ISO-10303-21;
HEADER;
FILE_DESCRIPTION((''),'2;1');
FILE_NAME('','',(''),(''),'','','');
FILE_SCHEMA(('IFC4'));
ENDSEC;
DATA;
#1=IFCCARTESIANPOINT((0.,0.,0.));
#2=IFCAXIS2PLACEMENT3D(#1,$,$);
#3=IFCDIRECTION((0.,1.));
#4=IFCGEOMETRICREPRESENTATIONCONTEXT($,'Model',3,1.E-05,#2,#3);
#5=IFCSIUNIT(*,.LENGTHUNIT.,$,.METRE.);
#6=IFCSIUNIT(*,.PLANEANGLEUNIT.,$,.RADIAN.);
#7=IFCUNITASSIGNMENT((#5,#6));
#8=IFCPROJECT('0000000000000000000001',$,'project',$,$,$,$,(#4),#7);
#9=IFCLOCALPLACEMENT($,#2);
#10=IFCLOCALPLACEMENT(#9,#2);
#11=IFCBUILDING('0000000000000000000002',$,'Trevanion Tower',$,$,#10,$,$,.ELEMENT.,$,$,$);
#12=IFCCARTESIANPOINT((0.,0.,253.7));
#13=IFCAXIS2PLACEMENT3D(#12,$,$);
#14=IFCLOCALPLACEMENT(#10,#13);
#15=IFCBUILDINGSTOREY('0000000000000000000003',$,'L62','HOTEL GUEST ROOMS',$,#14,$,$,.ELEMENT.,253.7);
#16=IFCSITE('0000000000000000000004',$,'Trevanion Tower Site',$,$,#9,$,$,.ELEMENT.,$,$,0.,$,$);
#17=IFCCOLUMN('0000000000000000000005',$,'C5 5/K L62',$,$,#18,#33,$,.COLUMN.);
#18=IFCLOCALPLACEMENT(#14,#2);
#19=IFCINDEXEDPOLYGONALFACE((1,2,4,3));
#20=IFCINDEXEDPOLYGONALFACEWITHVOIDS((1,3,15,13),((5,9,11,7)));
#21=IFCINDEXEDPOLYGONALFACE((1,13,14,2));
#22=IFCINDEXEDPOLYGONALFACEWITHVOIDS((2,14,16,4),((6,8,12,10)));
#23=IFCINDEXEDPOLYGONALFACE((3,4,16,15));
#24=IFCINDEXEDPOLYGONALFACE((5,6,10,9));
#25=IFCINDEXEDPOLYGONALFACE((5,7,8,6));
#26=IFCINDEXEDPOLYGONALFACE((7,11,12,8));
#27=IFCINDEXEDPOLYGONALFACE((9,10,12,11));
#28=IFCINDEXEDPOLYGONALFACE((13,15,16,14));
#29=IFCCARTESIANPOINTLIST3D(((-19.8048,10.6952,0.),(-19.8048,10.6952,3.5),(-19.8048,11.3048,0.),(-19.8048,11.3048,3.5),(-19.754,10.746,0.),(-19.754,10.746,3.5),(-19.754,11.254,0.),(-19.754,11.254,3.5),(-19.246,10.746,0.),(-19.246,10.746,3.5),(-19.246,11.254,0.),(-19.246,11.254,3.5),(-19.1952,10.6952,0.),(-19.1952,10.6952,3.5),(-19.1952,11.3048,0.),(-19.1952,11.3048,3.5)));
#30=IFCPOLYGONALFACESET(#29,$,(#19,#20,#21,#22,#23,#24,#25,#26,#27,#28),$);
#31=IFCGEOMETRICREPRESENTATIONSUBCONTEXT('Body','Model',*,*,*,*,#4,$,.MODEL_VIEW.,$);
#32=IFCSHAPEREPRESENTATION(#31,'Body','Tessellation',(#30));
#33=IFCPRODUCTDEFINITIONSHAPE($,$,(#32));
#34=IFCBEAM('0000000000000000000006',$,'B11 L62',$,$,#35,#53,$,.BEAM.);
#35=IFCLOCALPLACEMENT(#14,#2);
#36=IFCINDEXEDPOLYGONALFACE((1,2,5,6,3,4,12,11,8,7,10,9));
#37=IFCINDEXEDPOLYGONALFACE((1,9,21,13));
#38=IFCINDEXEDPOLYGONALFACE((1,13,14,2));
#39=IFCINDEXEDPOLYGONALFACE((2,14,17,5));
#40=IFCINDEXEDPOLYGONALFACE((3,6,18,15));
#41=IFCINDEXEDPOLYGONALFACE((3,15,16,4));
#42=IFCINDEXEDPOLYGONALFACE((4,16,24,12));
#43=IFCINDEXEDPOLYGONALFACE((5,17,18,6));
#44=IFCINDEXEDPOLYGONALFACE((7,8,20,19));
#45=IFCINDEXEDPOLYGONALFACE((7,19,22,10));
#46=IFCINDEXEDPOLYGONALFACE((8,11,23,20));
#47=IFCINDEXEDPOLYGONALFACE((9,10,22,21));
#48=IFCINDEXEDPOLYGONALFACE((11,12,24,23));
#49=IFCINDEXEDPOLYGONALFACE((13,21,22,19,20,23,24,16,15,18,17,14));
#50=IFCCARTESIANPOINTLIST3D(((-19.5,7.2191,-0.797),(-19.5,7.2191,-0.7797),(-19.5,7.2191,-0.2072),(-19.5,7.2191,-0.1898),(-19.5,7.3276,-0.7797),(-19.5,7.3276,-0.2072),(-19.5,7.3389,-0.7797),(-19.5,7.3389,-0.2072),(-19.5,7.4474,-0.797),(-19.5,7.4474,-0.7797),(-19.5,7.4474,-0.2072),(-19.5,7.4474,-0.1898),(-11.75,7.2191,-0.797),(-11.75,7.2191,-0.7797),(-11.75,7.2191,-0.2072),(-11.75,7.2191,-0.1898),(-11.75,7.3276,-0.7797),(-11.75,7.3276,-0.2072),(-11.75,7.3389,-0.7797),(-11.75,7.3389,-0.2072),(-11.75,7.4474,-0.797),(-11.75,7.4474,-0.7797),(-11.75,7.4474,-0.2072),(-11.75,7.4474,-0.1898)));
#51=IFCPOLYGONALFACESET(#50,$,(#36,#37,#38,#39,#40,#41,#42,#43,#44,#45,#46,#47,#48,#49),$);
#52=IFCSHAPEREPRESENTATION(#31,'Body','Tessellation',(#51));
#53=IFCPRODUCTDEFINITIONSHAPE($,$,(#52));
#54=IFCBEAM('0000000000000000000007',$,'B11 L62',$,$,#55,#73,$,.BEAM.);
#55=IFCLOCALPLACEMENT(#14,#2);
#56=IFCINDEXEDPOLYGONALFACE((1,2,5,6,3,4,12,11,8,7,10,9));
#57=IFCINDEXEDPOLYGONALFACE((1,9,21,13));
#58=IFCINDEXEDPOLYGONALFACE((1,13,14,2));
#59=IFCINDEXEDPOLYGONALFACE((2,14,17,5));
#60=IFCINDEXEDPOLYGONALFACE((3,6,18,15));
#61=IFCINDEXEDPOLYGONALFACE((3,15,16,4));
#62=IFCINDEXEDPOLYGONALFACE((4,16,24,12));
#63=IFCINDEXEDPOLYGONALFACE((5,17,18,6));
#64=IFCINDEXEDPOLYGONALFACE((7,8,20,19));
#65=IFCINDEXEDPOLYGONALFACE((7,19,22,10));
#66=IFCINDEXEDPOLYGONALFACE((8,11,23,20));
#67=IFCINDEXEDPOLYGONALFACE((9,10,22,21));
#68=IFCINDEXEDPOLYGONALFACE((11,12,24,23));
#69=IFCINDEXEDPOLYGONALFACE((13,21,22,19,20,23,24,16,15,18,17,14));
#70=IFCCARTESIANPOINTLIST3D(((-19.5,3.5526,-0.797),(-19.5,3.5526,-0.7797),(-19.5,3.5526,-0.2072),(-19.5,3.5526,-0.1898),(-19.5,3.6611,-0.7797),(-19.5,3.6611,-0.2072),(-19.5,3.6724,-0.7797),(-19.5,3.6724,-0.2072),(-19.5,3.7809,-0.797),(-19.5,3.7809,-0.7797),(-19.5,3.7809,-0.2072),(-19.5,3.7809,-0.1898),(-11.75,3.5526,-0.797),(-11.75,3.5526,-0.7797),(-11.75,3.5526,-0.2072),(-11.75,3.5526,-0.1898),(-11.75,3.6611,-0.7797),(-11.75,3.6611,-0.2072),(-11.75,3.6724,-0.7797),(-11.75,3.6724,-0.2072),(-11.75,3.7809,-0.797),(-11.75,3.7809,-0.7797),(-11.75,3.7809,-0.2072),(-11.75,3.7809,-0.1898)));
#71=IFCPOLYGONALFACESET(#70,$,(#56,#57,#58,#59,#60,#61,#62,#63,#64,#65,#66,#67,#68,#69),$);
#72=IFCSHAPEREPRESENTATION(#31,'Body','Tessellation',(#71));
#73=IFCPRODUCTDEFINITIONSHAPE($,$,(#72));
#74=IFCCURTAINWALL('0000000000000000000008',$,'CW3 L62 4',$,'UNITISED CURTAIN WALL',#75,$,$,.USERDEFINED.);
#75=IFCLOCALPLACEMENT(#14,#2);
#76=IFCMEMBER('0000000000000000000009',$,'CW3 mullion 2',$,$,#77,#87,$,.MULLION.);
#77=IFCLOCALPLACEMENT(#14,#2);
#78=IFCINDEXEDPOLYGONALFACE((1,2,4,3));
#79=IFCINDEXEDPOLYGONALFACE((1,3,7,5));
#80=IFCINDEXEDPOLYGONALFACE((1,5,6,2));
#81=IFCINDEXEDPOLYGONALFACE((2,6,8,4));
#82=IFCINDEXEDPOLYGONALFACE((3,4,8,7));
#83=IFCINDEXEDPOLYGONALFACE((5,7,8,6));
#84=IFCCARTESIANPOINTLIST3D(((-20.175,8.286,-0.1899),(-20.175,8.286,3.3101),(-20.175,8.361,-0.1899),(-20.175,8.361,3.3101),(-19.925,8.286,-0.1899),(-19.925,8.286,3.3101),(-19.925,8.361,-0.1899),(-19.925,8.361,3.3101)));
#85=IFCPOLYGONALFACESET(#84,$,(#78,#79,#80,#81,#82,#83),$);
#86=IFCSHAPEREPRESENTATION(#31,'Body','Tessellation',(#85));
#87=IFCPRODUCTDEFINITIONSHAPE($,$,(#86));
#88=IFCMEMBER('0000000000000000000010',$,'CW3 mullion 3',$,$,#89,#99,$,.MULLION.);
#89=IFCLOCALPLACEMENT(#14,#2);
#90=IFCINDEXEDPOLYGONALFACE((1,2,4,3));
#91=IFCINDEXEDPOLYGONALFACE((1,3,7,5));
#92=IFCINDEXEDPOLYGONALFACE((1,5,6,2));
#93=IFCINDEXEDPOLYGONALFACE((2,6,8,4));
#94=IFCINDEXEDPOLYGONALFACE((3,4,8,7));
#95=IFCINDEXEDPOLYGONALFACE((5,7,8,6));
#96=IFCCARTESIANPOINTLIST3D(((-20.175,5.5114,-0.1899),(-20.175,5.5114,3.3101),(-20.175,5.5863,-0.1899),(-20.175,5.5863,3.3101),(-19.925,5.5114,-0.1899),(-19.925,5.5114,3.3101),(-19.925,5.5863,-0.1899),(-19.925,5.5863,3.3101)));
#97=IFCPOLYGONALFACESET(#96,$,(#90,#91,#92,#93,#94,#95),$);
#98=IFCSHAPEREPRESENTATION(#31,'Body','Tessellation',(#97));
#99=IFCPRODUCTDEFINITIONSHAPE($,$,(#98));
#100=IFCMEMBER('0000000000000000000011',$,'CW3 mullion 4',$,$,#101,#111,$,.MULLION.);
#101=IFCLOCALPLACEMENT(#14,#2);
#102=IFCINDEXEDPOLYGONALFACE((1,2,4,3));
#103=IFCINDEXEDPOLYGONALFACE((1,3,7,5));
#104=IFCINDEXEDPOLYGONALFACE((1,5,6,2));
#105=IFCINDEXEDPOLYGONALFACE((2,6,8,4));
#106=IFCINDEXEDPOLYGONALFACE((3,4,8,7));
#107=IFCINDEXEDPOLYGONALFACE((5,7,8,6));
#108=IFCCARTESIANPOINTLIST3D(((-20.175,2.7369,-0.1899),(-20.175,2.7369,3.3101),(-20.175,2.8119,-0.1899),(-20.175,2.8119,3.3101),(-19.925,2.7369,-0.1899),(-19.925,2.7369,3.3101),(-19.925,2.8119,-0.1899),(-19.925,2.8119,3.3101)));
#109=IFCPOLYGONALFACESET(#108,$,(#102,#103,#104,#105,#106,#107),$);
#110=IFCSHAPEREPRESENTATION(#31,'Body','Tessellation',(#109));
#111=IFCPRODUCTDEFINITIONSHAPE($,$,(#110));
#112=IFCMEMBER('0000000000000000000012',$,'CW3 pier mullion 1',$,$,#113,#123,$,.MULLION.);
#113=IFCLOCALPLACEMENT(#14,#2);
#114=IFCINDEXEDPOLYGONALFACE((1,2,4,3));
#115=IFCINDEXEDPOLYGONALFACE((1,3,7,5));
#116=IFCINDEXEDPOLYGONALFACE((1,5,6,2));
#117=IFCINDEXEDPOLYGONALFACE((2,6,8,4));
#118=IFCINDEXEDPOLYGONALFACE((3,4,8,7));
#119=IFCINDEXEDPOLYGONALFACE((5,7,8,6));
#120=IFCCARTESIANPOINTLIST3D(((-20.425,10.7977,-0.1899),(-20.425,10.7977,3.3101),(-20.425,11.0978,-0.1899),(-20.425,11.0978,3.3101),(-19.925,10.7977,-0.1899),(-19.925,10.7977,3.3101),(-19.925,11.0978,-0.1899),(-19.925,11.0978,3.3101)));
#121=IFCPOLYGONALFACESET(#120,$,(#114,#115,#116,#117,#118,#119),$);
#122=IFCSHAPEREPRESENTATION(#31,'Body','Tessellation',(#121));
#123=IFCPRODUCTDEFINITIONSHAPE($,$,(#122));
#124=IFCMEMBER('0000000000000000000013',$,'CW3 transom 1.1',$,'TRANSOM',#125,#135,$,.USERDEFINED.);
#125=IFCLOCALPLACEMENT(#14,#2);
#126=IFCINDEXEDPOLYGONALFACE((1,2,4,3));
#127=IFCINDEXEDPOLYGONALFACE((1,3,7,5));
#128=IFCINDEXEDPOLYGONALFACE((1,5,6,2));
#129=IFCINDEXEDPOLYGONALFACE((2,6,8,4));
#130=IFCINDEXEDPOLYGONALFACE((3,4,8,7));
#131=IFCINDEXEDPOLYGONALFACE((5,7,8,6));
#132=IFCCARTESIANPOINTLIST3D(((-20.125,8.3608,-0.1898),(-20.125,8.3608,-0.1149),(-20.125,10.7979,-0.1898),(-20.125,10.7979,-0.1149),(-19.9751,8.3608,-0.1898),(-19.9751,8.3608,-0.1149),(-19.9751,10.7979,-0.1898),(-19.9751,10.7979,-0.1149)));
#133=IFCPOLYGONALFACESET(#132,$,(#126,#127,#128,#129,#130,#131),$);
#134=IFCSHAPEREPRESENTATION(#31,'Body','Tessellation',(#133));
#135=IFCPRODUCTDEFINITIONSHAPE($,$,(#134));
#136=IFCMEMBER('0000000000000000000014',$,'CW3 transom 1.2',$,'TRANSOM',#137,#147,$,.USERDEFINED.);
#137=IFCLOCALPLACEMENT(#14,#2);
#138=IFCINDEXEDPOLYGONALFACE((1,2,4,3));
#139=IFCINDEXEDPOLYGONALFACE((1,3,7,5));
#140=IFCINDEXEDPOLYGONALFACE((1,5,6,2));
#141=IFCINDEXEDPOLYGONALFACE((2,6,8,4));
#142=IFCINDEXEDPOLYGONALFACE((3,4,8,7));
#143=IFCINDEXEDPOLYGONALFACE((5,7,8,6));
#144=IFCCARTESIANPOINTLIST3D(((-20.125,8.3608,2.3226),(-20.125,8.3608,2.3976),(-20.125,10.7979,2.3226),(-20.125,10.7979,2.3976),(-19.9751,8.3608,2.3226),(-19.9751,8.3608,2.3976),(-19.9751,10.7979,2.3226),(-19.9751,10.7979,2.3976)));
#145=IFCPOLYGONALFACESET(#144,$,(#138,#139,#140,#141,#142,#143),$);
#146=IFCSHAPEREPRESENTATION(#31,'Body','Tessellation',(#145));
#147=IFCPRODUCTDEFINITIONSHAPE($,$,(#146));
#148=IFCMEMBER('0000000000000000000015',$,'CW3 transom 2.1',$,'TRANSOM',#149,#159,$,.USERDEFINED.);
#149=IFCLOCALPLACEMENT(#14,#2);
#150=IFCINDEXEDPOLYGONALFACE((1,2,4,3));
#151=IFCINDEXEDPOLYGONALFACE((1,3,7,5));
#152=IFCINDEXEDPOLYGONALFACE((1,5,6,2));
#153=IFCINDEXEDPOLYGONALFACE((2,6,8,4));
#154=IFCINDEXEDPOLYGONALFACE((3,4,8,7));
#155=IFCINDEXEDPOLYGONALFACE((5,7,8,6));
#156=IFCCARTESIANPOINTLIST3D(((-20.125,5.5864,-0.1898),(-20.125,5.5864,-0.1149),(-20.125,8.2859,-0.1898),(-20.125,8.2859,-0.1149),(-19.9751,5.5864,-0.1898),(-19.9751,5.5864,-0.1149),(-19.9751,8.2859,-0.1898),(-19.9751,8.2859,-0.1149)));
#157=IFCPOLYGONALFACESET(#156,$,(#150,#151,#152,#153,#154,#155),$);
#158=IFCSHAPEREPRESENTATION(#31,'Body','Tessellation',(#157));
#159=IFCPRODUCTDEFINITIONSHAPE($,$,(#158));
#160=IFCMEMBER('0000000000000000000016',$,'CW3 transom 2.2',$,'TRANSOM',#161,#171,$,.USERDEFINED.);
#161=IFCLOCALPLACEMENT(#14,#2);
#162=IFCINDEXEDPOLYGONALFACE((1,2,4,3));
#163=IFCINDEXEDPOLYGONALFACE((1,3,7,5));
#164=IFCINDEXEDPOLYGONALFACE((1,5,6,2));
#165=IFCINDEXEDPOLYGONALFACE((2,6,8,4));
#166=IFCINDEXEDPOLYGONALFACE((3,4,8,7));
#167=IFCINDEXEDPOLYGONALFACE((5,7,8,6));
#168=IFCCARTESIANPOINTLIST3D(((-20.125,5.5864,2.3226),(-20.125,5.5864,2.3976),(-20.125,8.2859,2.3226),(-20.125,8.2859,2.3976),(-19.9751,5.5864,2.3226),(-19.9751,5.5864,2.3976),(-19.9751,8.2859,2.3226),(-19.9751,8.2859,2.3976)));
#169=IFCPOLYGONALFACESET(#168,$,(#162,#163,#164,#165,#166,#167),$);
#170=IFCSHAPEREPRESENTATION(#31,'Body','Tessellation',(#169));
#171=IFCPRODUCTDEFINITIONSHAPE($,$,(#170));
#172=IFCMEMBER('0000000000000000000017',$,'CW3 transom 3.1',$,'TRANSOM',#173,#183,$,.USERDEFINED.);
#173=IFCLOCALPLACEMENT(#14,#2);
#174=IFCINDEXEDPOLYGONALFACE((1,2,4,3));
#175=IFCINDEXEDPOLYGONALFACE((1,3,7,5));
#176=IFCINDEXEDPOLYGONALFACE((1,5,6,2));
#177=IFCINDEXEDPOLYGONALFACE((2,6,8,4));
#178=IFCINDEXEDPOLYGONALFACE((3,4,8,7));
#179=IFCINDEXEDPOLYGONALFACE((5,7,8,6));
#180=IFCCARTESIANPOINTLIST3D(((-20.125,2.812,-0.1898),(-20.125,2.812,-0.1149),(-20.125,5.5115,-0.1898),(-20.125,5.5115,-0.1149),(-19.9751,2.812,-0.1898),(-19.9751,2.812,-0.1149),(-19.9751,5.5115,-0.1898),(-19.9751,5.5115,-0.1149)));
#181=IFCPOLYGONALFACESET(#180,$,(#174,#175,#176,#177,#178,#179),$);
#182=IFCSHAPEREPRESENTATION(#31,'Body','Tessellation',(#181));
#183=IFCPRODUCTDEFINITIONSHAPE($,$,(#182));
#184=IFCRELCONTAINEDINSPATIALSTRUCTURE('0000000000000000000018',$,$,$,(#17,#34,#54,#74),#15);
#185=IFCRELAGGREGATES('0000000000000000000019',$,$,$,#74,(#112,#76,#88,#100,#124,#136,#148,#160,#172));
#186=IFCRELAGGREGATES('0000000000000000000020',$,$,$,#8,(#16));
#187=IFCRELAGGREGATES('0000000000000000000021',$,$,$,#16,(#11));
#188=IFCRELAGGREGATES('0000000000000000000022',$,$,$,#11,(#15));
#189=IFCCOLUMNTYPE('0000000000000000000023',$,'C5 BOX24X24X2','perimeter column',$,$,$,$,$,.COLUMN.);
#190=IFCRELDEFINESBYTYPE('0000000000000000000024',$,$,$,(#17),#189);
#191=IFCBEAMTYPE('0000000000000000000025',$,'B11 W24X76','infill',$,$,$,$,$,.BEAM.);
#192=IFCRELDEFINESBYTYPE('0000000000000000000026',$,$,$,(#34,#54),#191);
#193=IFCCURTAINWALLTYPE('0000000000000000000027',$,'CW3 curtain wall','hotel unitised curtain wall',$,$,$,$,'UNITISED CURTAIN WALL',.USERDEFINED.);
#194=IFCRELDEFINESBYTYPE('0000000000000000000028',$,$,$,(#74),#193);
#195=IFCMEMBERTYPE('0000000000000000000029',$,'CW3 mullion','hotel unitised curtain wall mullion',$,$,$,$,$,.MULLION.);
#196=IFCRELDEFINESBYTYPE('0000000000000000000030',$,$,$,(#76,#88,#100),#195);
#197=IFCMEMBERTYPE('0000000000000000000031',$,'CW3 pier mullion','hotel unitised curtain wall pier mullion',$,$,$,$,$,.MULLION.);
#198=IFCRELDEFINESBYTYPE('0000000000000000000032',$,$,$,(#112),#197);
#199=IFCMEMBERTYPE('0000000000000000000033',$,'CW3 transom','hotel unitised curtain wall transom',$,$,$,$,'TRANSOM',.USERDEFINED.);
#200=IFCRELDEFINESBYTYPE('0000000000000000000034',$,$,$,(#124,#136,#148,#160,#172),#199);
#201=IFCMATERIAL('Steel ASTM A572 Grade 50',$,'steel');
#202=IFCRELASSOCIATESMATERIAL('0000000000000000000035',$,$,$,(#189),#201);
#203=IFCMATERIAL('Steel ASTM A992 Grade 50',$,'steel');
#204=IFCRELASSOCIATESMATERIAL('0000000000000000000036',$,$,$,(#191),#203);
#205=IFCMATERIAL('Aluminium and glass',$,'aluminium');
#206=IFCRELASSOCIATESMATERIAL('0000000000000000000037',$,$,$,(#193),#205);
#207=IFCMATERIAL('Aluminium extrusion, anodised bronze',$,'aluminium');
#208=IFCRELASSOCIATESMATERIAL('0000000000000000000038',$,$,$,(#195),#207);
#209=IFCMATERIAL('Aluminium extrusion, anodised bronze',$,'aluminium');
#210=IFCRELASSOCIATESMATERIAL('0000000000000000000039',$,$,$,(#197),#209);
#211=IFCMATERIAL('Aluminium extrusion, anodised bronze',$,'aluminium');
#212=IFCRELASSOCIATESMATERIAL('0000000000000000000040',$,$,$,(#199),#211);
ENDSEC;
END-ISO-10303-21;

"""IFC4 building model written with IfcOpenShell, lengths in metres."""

from ifc_helpers import new_model, si_unit, direction, frame, origin, origin_2d, place, context, subcontext, project, spatial, rectangle, hollow_rectangle, i_section, extrude, material, material_profile, profile_set, type_object, element, aggregate, save


model = new_model("IFC4")

# Units and contexts
model_context = context("Model", 3, precision=1e-05, world=origin(), true_north=direction((0.0, 1.0)))
body_context = subcontext(model_context, "Body", "Model", "MODEL_VIEW")
ifc_project = project(units=[si_unit("LENGTHUNIT", "METRE"), si_unit("PLANEANGLEUNIT", "RADIAN")], contexts=[model_context])

# Site, building, storey
site_placement = place(None, origin())
site = spatial("IfcSite", under=ifc_project, at=site_placement, Name="Trevanion Tower Site", CompositionType="ELEMENT", RefElevation=0.0)
building_placement = place(site_placement, origin())
building = spatial("IfcBuilding", under=site, at=building_placement, Name="Trevanion Tower", CompositionType="ELEMENT")
storey_placement = place(building_placement, frame((0.0, 0.0, 253.7)))
storey = spatial("IfcBuildingStorey", under=building, at=storey_placement, Name="L62", Description="HOTEL GUEST ROOMS", CompositionType="ELEMENT", Elevation=253.7)

# Column
ifc_material_1 = material(Name="Steel ASTM A572 Grade 50", Category="steel")
ifc_material_profile_1 = material_profile(ifc_material_1, hollow_rectangle(XDim=0.6096, YDim=0.6096, WallThickness=0.0508, at=origin_2d()), Name="BOX24X24X2")
ifc_profile_set_1 = profile_set([ifc_material_profile_1], Name="Steel ASTM A572 Grade 50")
column_type = type_object("IfcColumnType", Name="C5 BOX24X24X2", Description="perimeter column", PredefinedType="COLUMN", material=ifc_profile_set_1)
column_placement = place(storey_placement, frame((-19.5, 11.0, 0.0), z_axis=(0.0, 0.0, 1.0), x_axis=(0.0, 1.0, 0.0)))
element("IfcColumn", 1, at=column_placement, inside=storey, type_object=column_type, Name="C5 5/K L62", PredefinedType="COLUMN", context=body_context, shape_type="SweptSolid", body=[
    extrude(hollow_rectangle(XDim=0.6096, YDim=0.6096, WallThickness=0.0508, at=origin_2d()), origin(), (0.0, 0.0, 1.0), 3.5),
])

# Beams
ifc_material_2 = material(Name="Steel ASTM A992 Grade 50", Category="steel")
ifc_material_profile_2 = material_profile(ifc_material_2, i_section(OverallWidth=0.2283, OverallDepth=0.6072, WebThickness=0.0112, FlangeThickness=0.0173, at=origin_2d()), Name="W24X76")
ifc_profile_set_2 = profile_set([ifc_material_profile_2], Name="Steel ASTM A992 Grade 50")
beam_type_1 = type_object("IfcBeamType", Name="B11 W24X76", Description="infill", PredefinedType="BEAM", material=ifc_profile_set_2)
for number, where, z_axis, x_axis, name in (
    (2, (-11.75, 7.3333, -0.4934), (-1.0, 0.0, 0.0), (0.0, -1.0, 0.0), "B11 L62"),
    (3, (-11.75, 3.6667, -0.4934), (-1.0, 0.0, 0.0), (0.0, -1.0, 0.0), "B11 L62"),
):
    element("IfcBeam", number, at=place(storey_placement, frame(where, z_axis=z_axis, x_axis=x_axis)), inside=storey, type_object=beam_type_1, Name=name, PredefinedType="BEAM", context=body_context, shape_type="SweptSolid", body=[
        extrude(i_section(OverallWidth=0.2283, OverallDepth=0.6072, WebThickness=0.0112, FlangeThickness=0.0173, at=origin_2d()), origin(), (0.0, 0.0, 1.0), 7.75),
    ])

# Curtain wall, members
ifc_material_3 = material(Name="Aluminium and glass", Category="aluminium")
curtain_wall_type = type_object("IfcCurtainWallType", Name="CW3 curtain wall", Description="hotel unitised curtain wall", ElementType="UNITISED CURTAIN WALL", PredefinedType="USERDEFINED", material=ifc_material_3)
curtain_wall_placement = place(storey_placement, origin())
curtain_wall = element("IfcCurtainWall", 4, at=curtain_wall_placement, inside=storey, type_object=curtain_wall_type, Name="CW3 L62 4", ObjectType="UNITISED CURTAIN WALL", PredefinedType="USERDEFINED")
ifc_material_4 = material(Name="Aluminium extrusion, anodised bronze", Category="aluminium")
ifc_material_profile_3 = material_profile(ifc_material_4, rectangle(XDim=0.075, YDim=0.25, at=origin_2d()), Name="CW3 mullion")
ifc_profile_set_3 = profile_set([ifc_material_profile_3], Name="Aluminium extrusion, anodised bronze")
member_type_1 = type_object("IfcMemberType", Name="CW3 mullion", Description="hotel unitised curtain wall mullion", PredefinedType="MULLION", material=ifc_profile_set_3)
member_1_placement = place(storey_placement, frame((-20.05, 8.3235, -0.1899), z_axis=(0.0, 0.0, 1.0), x_axis=(0.0, -1.0, 0.0)))
member_1 = element("IfcMember", 5, at=member_1_placement, type_object=member_type_1, Name="CW3 mullion 2", PredefinedType="MULLION", context=body_context, shape_type="SweptSolid", body=[
    extrude(rectangle(XDim=0.075, YDim=0.25, at=origin_2d()), origin(), (0.0, 0.0, 1.0), 3.5),
])
member_2_placement = place(storey_placement, frame((-20.05, 5.5488, -0.1899), z_axis=(0.0, 0.0, 1.0), x_axis=(0.0, -1.0, 0.0)))
member_2 = element("IfcMember", 6, at=member_2_placement, type_object=member_type_1, Name="CW3 mullion 3", PredefinedType="MULLION", context=body_context, shape_type="SweptSolid", body=[
    extrude(rectangle(XDim=0.075, YDim=0.25, at=origin_2d()), origin(), (0.0, 0.0, 1.0), 3.5),
])
member_3_placement = place(storey_placement, frame((-20.05, 2.7744, -0.1899), z_axis=(0.0, 0.0, 1.0), x_axis=(0.0, -1.0, 0.0)))
member_3 = element("IfcMember", 7, at=member_3_placement, type_object=member_type_1, Name="CW3 mullion 4", PredefinedType="MULLION", context=body_context, shape_type="SweptSolid", body=[
    extrude(rectangle(XDim=0.075, YDim=0.25, at=origin_2d()), origin(), (0.0, 0.0, 1.0), 3.5),
])
ifc_material_5 = material(Name="Aluminium extrusion, anodised bronze", Category="aluminium")
ifc_material_profile_4 = material_profile(ifc_material_5, rectangle(XDim=0.3, YDim=0.5, at=origin_2d()), Name="CW3 pier mullion")
ifc_profile_set_4 = profile_set([ifc_material_profile_4], Name="Aluminium extrusion, anodised bronze")
member_type_2 = type_object("IfcMemberType", Name="CW3 pier mullion", Description="hotel unitised curtain wall pier mullion", PredefinedType="MULLION", material=ifc_profile_set_4)
member_4_placement = place(storey_placement, frame((-20.175, 10.9478, -0.1899), z_axis=(0.0, 0.0, 1.0), x_axis=(0.0, -1.0, 0.0)))
member_4 = element("IfcMember", 8, at=member_4_placement, type_object=member_type_2, Name="CW3 pier mullion 1", PredefinedType="MULLION", context=body_context, shape_type="SweptSolid", body=[
    extrude(rectangle(XDim=0.3, YDim=0.5, at=origin_2d()), origin(), (0.0, 0.0, 1.0), 3.5),
])
ifc_material_6 = material(Name="Aluminium extrusion, anodised bronze", Category="aluminium")
ifc_material_profile_5 = material_profile(ifc_material_6, rectangle(XDim=0.1499, YDim=0.075, at=origin_2d()), Name="CW3 transom")
ifc_profile_set_5 = profile_set([ifc_material_profile_5], Name="Aluminium extrusion, anodised bronze")
member_type_3 = type_object("IfcMemberType", Name="CW3 transom", Description="hotel unitised curtain wall transom", ElementType="TRANSOM", PredefinedType="USERDEFINED", material=ifc_profile_set_5)
member_5_placement = place(storey_placement, frame((-20.05, 10.7979, -0.1523), z_axis=(0.0, -1.0, 0.0), x_axis=(1.0, 0.0, 0.0)))
member_5 = element("IfcMember", 9, at=member_5_placement, type_object=member_type_3, Name="CW3 transom 1.1", ObjectType="TRANSOM", PredefinedType="USERDEFINED", context=body_context, shape_type="SweptSolid", body=[
    extrude(rectangle(XDim=0.1499, YDim=0.075, at=origin_2d()), origin(), (0.0, 0.0, 1.0), 2.437),
])
member_6_placement = place(storey_placement, frame((-20.05, 10.7979, 2.3601), z_axis=(0.0, -1.0, 0.0), x_axis=(1.0, 0.0, 0.0)))
member_6 = element("IfcMember", 10, at=member_6_placement, type_object=member_type_3, Name="CW3 transom 1.2", ObjectType="TRANSOM", PredefinedType="USERDEFINED", context=body_context, shape_type="SweptSolid", body=[
    extrude(rectangle(XDim=0.1499, YDim=0.075, at=origin_2d()), origin(), (0.0, 0.0, 1.0), 2.437),
])
member_7_placement = place(storey_placement, frame((-20.05, 8.2859, -0.1523), z_axis=(0.0, -1.0, 0.0), x_axis=(1.0, 0.0, 0.0)))
member_7 = element("IfcMember", 11, at=member_7_placement, type_object=member_type_3, Name="CW3 transom 2.1", ObjectType="TRANSOM", PredefinedType="USERDEFINED", context=body_context, shape_type="SweptSolid", body=[
    extrude(rectangle(XDim=0.1499, YDim=0.075, at=origin_2d()), origin(), (0.0, 0.0, 1.0), 2.6995),
])
member_8_placement = place(storey_placement, frame((-20.05, 8.2859, 2.3601), z_axis=(0.0, -1.0, 0.0), x_axis=(1.0, 0.0, 0.0)))
member_8 = element("IfcMember", 12, at=member_8_placement, type_object=member_type_3, Name="CW3 transom 2.2", ObjectType="TRANSOM", PredefinedType="USERDEFINED", context=body_context, shape_type="SweptSolid", body=[
    extrude(rectangle(XDim=0.1499, YDim=0.075, at=origin_2d()), origin(), (0.0, 0.0, 1.0), 2.6995),
])
member_9_placement = place(storey_placement, frame((-20.05, 5.5115, -0.1523), z_axis=(0.0, -1.0, 0.0), x_axis=(1.0, 0.0, 0.0)))
member_9 = element("IfcMember", 13, at=member_9_placement, type_object=member_type_3, Name="CW3 transom 3.1", ObjectType="TRANSOM", PredefinedType="USERDEFINED", context=body_context, shape_type="SweptSolid", body=[
    extrude(rectangle(XDim=0.1499, YDim=0.075, at=origin_2d()), origin(), (0.0, 0.0, 1.0), 2.6995),
])

aggregate(curtain_wall, [member_4, member_1, member_2, member_3, member_5, member_6, member_7, member_8, member_9])

save(model, "model.ifc")
